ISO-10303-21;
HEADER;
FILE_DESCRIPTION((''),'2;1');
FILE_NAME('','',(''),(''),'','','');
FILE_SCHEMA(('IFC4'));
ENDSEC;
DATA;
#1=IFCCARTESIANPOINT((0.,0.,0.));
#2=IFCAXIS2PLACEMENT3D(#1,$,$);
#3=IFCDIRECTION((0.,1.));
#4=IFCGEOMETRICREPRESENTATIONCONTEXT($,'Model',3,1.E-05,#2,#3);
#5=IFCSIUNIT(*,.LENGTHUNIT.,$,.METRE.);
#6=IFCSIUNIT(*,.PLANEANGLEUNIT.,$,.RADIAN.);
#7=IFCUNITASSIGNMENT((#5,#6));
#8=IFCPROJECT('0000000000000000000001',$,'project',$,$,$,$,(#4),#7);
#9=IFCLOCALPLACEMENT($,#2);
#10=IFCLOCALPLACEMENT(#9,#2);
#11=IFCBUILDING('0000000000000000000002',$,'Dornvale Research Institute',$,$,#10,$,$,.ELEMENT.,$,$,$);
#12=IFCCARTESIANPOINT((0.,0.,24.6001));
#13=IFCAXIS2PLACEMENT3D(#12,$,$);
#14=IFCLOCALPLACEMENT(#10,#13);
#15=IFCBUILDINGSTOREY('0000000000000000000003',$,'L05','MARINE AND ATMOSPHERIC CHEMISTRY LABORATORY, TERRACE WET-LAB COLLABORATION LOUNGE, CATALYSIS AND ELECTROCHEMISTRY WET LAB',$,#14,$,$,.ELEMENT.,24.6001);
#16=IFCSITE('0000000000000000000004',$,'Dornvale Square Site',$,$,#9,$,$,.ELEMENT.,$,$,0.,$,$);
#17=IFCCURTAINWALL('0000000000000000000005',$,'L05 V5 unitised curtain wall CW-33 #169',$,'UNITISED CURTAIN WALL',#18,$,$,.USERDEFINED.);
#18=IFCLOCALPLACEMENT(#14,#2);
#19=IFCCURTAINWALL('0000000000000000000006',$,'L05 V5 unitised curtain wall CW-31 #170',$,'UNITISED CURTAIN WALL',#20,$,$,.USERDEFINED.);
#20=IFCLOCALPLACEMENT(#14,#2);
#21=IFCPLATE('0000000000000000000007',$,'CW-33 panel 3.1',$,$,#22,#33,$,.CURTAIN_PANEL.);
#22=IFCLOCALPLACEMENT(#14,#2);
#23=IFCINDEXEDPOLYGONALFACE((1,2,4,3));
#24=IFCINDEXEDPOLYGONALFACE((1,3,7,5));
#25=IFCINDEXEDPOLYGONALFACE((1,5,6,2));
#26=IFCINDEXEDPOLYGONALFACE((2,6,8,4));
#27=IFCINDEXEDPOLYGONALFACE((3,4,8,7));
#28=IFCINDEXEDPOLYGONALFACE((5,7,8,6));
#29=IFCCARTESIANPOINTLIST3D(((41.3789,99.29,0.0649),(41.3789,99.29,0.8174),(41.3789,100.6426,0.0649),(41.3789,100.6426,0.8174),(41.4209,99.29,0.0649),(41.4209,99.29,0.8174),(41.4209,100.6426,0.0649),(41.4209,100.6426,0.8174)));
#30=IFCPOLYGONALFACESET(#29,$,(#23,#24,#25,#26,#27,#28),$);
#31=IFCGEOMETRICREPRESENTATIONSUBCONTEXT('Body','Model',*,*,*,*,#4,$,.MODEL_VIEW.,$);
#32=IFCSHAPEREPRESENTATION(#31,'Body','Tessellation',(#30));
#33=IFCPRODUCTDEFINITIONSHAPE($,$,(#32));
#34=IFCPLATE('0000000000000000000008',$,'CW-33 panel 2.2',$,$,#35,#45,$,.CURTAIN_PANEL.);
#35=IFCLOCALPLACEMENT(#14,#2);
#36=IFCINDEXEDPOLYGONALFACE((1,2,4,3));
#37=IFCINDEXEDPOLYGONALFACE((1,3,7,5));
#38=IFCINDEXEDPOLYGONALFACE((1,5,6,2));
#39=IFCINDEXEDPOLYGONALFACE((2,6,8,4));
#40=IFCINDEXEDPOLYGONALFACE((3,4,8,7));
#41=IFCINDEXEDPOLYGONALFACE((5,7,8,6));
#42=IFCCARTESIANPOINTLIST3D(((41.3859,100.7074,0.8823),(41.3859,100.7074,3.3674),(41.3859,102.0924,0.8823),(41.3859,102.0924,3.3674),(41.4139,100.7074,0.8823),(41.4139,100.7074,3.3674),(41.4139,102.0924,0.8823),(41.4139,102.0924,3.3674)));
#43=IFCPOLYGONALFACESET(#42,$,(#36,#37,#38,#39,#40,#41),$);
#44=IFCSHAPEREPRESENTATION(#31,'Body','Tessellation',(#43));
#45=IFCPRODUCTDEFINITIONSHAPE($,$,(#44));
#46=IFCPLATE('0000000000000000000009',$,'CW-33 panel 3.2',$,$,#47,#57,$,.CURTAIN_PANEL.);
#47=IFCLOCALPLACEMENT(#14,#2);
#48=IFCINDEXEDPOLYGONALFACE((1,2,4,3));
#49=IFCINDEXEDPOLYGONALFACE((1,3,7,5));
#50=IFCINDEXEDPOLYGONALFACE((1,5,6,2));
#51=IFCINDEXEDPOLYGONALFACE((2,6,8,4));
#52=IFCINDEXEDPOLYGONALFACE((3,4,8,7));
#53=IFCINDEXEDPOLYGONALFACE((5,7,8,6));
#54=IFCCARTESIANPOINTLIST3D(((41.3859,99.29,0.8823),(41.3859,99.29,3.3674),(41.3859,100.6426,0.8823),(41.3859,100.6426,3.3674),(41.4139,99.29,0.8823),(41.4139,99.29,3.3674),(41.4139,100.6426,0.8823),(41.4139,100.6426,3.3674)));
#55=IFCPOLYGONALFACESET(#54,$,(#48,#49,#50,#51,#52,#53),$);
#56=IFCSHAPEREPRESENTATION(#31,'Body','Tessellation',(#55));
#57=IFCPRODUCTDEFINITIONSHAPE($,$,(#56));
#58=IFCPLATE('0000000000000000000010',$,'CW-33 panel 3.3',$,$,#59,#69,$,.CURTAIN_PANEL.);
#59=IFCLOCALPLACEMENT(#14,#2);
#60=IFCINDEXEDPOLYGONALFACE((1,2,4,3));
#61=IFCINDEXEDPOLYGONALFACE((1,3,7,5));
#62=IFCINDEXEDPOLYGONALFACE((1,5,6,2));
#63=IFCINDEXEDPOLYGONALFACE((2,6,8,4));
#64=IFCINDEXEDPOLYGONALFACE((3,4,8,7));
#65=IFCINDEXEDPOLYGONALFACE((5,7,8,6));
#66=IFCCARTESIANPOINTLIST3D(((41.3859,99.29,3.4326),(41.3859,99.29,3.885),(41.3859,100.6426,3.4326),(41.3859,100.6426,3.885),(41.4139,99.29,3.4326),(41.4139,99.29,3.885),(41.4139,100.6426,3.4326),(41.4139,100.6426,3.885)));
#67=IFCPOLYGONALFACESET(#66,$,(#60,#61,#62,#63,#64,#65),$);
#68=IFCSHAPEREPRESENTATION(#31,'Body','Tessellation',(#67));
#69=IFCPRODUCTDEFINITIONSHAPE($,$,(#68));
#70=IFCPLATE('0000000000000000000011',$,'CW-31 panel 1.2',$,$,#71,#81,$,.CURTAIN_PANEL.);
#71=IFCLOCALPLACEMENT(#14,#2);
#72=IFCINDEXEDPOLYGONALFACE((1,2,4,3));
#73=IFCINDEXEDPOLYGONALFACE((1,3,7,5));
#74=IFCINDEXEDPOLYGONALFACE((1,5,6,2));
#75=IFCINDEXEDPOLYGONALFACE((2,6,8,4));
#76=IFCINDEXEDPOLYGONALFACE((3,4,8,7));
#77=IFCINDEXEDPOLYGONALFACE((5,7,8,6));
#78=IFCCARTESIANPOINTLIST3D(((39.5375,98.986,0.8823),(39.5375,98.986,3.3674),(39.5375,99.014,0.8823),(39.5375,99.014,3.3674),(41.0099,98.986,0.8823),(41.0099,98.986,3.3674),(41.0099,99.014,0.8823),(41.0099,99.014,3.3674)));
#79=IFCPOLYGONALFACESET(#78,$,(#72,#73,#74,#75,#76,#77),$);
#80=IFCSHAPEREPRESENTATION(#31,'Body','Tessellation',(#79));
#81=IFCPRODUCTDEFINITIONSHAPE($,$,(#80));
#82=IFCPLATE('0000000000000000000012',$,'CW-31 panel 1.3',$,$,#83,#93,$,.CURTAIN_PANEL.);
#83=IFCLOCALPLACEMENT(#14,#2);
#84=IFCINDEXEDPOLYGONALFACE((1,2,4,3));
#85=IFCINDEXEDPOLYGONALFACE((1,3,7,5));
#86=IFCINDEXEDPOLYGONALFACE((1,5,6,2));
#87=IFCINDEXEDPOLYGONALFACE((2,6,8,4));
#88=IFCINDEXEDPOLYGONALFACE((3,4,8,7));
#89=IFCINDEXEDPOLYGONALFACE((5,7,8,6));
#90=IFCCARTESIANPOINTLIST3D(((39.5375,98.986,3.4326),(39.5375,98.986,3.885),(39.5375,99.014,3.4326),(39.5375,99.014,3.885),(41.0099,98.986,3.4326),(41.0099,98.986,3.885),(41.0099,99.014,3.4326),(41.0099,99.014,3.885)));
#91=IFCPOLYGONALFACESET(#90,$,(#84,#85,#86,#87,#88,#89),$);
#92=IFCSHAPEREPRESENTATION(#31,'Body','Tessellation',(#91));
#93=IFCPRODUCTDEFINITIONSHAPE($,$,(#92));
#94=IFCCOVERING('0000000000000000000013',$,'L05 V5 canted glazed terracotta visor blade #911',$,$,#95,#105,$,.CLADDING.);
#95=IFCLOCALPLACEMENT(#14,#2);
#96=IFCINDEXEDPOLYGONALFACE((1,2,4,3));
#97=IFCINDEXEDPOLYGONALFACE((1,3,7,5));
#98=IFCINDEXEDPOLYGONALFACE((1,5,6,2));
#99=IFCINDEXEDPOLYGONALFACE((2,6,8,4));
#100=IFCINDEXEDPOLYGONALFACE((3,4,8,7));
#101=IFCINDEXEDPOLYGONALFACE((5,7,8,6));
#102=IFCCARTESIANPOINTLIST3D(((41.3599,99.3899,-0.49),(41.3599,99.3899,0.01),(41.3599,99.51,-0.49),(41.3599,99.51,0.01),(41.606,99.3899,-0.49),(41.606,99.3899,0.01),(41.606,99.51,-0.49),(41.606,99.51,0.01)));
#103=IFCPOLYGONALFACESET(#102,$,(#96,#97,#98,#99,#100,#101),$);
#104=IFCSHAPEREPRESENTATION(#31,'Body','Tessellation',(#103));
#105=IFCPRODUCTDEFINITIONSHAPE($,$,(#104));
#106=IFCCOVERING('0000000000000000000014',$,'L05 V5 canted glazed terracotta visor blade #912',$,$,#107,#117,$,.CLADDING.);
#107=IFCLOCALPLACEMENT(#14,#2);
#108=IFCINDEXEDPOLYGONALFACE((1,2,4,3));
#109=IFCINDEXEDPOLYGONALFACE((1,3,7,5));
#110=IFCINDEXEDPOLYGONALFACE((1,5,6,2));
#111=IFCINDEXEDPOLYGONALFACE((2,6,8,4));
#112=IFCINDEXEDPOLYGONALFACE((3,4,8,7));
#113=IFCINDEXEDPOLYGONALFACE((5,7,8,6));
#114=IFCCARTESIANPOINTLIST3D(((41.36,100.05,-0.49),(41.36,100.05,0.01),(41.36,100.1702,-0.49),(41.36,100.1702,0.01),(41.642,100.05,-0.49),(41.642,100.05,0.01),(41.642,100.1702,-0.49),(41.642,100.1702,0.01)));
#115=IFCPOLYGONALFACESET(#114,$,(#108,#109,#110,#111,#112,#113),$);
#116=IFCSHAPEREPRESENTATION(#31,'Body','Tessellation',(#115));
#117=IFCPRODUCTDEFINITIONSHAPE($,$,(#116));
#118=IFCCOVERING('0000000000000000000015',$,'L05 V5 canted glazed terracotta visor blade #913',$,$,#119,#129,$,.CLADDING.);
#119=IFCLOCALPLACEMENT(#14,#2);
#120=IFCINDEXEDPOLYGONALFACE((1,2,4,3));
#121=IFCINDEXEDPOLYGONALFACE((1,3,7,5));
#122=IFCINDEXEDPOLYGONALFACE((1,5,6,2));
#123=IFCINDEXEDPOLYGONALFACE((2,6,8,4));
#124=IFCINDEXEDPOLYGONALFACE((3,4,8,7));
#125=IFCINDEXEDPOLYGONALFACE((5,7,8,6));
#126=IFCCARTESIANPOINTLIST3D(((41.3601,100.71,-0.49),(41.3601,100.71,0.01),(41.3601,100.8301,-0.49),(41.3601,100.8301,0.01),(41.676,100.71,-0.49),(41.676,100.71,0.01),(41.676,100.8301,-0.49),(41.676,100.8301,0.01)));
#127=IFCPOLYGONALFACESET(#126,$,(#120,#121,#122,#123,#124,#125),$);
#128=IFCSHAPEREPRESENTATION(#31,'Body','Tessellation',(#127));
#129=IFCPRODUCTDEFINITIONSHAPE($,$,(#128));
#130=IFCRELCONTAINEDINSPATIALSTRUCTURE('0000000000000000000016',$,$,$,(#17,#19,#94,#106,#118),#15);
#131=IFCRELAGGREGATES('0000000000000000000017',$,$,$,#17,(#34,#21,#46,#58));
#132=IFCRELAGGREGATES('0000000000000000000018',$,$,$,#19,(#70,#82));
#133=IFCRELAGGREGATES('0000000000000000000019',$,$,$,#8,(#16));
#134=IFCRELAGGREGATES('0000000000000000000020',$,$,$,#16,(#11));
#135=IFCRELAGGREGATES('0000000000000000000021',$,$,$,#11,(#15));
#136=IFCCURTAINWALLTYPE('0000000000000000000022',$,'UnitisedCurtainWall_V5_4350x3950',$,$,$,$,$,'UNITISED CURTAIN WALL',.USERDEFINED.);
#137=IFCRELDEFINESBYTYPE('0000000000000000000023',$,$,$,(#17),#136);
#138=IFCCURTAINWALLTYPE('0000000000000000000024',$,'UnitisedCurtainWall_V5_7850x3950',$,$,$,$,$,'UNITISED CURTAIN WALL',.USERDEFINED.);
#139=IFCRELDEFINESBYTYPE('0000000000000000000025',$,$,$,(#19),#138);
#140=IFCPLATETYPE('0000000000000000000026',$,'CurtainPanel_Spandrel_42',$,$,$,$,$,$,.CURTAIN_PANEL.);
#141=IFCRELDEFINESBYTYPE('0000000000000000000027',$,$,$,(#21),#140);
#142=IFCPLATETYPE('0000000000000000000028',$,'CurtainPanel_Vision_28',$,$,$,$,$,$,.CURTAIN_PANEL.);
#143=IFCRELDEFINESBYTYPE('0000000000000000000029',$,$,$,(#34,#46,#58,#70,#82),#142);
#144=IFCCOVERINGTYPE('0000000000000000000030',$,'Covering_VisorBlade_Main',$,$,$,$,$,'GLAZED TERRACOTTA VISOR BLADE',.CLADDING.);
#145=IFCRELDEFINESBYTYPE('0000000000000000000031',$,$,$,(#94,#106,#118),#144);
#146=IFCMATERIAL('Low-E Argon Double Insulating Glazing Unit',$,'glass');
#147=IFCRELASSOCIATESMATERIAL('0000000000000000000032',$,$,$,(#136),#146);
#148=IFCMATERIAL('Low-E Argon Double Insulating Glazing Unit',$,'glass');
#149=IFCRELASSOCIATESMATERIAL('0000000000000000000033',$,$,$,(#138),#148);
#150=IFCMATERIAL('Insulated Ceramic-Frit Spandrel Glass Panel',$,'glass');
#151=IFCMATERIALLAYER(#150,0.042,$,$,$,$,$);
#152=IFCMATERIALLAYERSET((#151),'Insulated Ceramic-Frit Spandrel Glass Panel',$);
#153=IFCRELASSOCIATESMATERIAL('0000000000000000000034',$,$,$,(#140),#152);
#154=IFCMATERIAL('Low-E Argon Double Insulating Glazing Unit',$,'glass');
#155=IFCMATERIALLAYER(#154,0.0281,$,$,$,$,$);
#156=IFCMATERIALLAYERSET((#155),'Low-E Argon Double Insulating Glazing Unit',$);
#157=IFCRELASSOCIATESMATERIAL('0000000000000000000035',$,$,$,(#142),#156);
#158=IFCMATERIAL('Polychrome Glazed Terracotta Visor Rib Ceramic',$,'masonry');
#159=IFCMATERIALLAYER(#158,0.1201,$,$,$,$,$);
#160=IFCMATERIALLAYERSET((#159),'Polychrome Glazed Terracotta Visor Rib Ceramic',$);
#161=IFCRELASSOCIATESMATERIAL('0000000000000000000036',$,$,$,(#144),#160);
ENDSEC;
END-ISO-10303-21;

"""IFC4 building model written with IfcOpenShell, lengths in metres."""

from ifc_helpers import new_model, si_unit, direction, frame, origin, origin_2d, place, context, subcontext, project, spatial, rectangle, extrude, material, layer, layer_set, type_object, element, aggregate, save


model = new_model("IFC4")

# Units and contexts
model_context = context("Model", 3, precision=1e-05, world=origin(), true_north=direction((0.0, 1.0)))
body_context = subcontext(model_context, "Body", "Model", "MODEL_VIEW")
ifc_project = project(units=[si_unit("LENGTHUNIT", "METRE"), si_unit("PLANEANGLEUNIT", "RADIAN")], contexts=[model_context])

# Site, building, storey
site_placement = place(None, origin())
site = spatial("IfcSite", under=ifc_project, at=site_placement, Name="Dornvale Square Site", CompositionType="ELEMENT", RefElevation=0.0)
building_placement = place(site_placement, origin())
building = spatial("IfcBuilding", under=site, at=building_placement, Name="Dornvale Research Institute", CompositionType="ELEMENT")
storey_placement = place(building_placement, frame((0.0, 0.0, 24.6001)))
storey = spatial("IfcBuildingStorey", under=building, at=storey_placement, Name="L05", Description="MARINE AND ATMOSPHERIC CHEMISTRY LABORATORY, TERRACE WET-LAB COLLABORATION LOUNGE, CATALYSIS AND ELECTROCHEMISTRY WET LAB", CompositionType="ELEMENT", Elevation=24.6001)

# Curtain wall
ifc_material_1 = material(Name="Low-E Argon Double Insulating Glazing Unit", Category="glass")
curtain_wall_type_1 = type_object("IfcCurtainWallType", Name="UnitisedCurtainWall_V5_4350x3950", ElementType="UNITISED CURTAIN WALL", PredefinedType="USERDEFINED", material=ifc_material_1)
curtain_wall_1_placement = place(storey_placement, origin())
curtain_wall_1 = element("IfcCurtainWall", 1, at=curtain_wall_1_placement, inside=storey, type_object=curtain_wall_type_1, Name="L05 V5 unitised curtain wall CW-33 #169", ObjectType="UNITISED CURTAIN WALL", PredefinedType="USERDEFINED")

# Curtain wall
ifc_material_2 = material(Name="Low-E Argon Double Insulating Glazing Unit", Category="glass")
curtain_wall_type_2 = type_object("IfcCurtainWallType", Name="UnitisedCurtainWall_V5_7850x3950", ElementType="UNITISED CURTAIN WALL", PredefinedType="USERDEFINED", material=ifc_material_2)
curtain_wall_2_placement = place(storey_placement, origin())
curtain_wall_2 = element("IfcCurtainWall", 2, at=curtain_wall_2_placement, inside=storey, type_object=curtain_wall_type_2, Name="L05 V5 unitised curtain wall CW-31 #170", ObjectType="UNITISED CURTAIN WALL", PredefinedType="USERDEFINED")

# Plates
ifc_material_3 = material(Name="Insulated Ceramic-Frit Spandrel Glass Panel", Category="glass")
ifc_layer_1 = layer(ifc_material_3, 0.042)
ifc_layer_set_1 = layer_set([ifc_layer_1], Name="Insulated Ceramic-Frit Spandrel Glass Panel")
plate_type_1 = type_object("IfcPlateType", Name="CurtainPanel_Spandrel_42", PredefinedType="CURTAIN_PANEL", material=ifc_layer_set_1)
plate_1_placement = place(storey_placement, frame((41.3999, 99.9663, 0.0649), z_axis=(0.0, 0.0, 1.0), x_axis=(0.0, -1.0, 0.0)))
plate_1 = element("IfcPlate", 3, at=plate_1_placement, type_object=plate_type_1, Name="CW-33 panel 3.1", PredefinedType="CURTAIN_PANEL", context=body_context, shape_type="SweptSolid", body=[
    extrude(rectangle(XDim=1.3525, YDim=0.042, at=origin_2d()), origin(), (0.0, 0.0, 1.0), 0.7524),
])
ifc_material_4 = material(Name="Low-E Argon Double Insulating Glazing Unit", Category="glass")
ifc_layer_2 = layer(ifc_material_4, 0.0281)
ifc_layer_set_2 = layer_set([ifc_layer_2], Name="Low-E Argon Double Insulating Glazing Unit")
plate_type_2 = type_object("IfcPlateType", Name="CurtainPanel_Vision_28", PredefinedType="CURTAIN_PANEL", material=ifc_layer_set_2)
plate_2_placement = place(storey_placement, frame((41.3999, 101.3999, 0.8823), z_axis=(0.0, 0.0, 1.0), x_axis=(0.0, -1.0, 0.0)))
plate_2 = element("IfcPlate", 4, at=plate_2_placement, type_object=plate_type_2, Name="CW-33 panel 2.2", PredefinedType="CURTAIN_PANEL", context=body_context, shape_type="SweptSolid", body=[
    extrude(rectangle(XDim=1.385, YDim=0.0281, at=origin_2d()), origin(), (0.0, 0.0, 1.0), 2.4851),
])
plate_3_placement = place(storey_placement, frame((41.3999, 99.9663, 0.8823), z_axis=(0.0, 0.0, 1.0), x_axis=(0.0, -1.0, 0.0)))
plate_3 = element("IfcPlate", 5, at=plate_3_placement, type_object=plate_type_2, Name="CW-33 panel 3.2", PredefinedType="CURTAIN_PANEL", context=body_context, shape_type="SweptSolid", body=[
    extrude(rectangle(XDim=1.3525, YDim=0.0281, at=origin_2d()), origin(), (0.0, 0.0, 1.0), 2.4851),
])
plate_4_placement = place(storey_placement, frame((41.3999, 99.9663, 3.4326), z_axis=(0.0, 0.0, 1.0), x_axis=(0.0, -1.0, 0.0)))
plate_4 = element("IfcPlate", 6, at=plate_4_placement, type_object=plate_type_2, Name="CW-33 panel 3.3", PredefinedType="CURTAIN_PANEL", context=body_context, shape_type="SweptSolid", body=[
    extrude(rectangle(XDim=1.3525, YDim=0.0281, at=origin_2d()), origin(), (0.0, 0.0, 1.0), 0.4524),
])
aggregate(curtain_wall_1, [plate_2, plate_1, plate_3, plate_4])
plate_5_placement = place(storey_placement, frame((40.2737, 99.0, 0.8823), z_axis=(0.0, 0.0, 1.0), x_axis=(-1.0, 0.0, 0.0)))
plate_5 = element("IfcPlate", 7, at=plate_5_placement, type_object=plate_type_2, Name="CW-31 panel 1.2", PredefinedType="CURTAIN_PANEL", context=body_context, shape_type="SweptSolid", body=[
    extrude(rectangle(XDim=1.4724, YDim=0.0281, at=origin_2d()), origin(), (0.0, 0.0, 1.0), 2.4851),
])
plate_6_placement = place(storey_placement, frame((40.2737, 99.0, 3.4326), z_axis=(0.0, 0.0, 1.0), x_axis=(-1.0, 0.0, 0.0)))
plate_6 = element("IfcPlate", 8, at=plate_6_placement, type_object=plate_type_2, Name="CW-31 panel 1.3", PredefinedType="CURTAIN_PANEL", context=body_context, shape_type="SweptSolid", body=[
    extrude(rectangle(XDim=1.4724, YDim=0.0281, at=origin_2d()), origin(), (0.0, 0.0, 1.0), 0.4524),
])
aggregate(curtain_wall_2, [plate_5, plate_6])

# Coverings
ifc_material_5 = material(Name="Polychrome Glazed Terracotta Visor Rib Ceramic", Category="masonry")
ifc_layer_3 = layer(ifc_material_5, 0.1201)
ifc_layer_set_3 = layer_set([ifc_layer_3], Name="Polychrome Glazed Terracotta Visor Rib Ceramic")
covering_type = type_object("IfcCoveringType", Name="Covering_VisorBlade_Main", ElementType="GLAZED TERRACOTTA VISOR BLADE", PredefinedType="CLADDING", material=ifc_layer_set_3)
covering_1_placement = place(storey_placement, frame((41.4829, 99.45, -0.49), z_axis=(0.0, 0.0, 1.0), x_axis=(1.0, 0.0, 0.0)))
element("IfcCovering", 9, at=covering_1_placement, inside=storey, type_object=covering_type, Name="L05 V5 canted glazed terracotta visor blade #911", PredefinedType="CLADDING", context=body_context, shape_type="SweptSolid", body=[
    extrude(rectangle(XDim=0.2461, YDim=0.1201, at=origin_2d()), origin(), (0.0, 0.0, 1.0), 0.5),
])
covering_2_placement = place(storey_placement, frame((41.501, 100.1101, -0.49), z_axis=(0.0, 0.0, 1.0), x_axis=(1.0, 0.0, 0.0)))
element("IfcCovering", 10, at=covering_2_placement, inside=storey, type_object=covering_type, Name="L05 V5 canted glazed terracotta visor blade #912", PredefinedType="CLADDING", context=body_context, shape_type="SweptSolid", body=[
    extrude(rectangle(XDim=0.282, YDim=0.1201, at=origin_2d()), origin(), (0.0, 0.0, 1.0), 0.5),
])
covering_3_placement = place(storey_placement, frame((41.5181, 100.77, -0.49), z_axis=(0.0, 0.0, 1.0), x_axis=(1.0, 0.0, 0.0)))
element("IfcCovering", 11, at=covering_3_placement, inside=storey, type_object=covering_type, Name="L05 V5 canted glazed terracotta visor blade #913", PredefinedType="CLADDING", context=body_context, shape_type="SweptSolid", body=[
    extrude(rectangle(XDim=0.3159, YDim=0.1201, at=origin_2d()), origin(), (0.0, 0.0, 1.0), 0.5),
])

save(model, "model.ifc")
